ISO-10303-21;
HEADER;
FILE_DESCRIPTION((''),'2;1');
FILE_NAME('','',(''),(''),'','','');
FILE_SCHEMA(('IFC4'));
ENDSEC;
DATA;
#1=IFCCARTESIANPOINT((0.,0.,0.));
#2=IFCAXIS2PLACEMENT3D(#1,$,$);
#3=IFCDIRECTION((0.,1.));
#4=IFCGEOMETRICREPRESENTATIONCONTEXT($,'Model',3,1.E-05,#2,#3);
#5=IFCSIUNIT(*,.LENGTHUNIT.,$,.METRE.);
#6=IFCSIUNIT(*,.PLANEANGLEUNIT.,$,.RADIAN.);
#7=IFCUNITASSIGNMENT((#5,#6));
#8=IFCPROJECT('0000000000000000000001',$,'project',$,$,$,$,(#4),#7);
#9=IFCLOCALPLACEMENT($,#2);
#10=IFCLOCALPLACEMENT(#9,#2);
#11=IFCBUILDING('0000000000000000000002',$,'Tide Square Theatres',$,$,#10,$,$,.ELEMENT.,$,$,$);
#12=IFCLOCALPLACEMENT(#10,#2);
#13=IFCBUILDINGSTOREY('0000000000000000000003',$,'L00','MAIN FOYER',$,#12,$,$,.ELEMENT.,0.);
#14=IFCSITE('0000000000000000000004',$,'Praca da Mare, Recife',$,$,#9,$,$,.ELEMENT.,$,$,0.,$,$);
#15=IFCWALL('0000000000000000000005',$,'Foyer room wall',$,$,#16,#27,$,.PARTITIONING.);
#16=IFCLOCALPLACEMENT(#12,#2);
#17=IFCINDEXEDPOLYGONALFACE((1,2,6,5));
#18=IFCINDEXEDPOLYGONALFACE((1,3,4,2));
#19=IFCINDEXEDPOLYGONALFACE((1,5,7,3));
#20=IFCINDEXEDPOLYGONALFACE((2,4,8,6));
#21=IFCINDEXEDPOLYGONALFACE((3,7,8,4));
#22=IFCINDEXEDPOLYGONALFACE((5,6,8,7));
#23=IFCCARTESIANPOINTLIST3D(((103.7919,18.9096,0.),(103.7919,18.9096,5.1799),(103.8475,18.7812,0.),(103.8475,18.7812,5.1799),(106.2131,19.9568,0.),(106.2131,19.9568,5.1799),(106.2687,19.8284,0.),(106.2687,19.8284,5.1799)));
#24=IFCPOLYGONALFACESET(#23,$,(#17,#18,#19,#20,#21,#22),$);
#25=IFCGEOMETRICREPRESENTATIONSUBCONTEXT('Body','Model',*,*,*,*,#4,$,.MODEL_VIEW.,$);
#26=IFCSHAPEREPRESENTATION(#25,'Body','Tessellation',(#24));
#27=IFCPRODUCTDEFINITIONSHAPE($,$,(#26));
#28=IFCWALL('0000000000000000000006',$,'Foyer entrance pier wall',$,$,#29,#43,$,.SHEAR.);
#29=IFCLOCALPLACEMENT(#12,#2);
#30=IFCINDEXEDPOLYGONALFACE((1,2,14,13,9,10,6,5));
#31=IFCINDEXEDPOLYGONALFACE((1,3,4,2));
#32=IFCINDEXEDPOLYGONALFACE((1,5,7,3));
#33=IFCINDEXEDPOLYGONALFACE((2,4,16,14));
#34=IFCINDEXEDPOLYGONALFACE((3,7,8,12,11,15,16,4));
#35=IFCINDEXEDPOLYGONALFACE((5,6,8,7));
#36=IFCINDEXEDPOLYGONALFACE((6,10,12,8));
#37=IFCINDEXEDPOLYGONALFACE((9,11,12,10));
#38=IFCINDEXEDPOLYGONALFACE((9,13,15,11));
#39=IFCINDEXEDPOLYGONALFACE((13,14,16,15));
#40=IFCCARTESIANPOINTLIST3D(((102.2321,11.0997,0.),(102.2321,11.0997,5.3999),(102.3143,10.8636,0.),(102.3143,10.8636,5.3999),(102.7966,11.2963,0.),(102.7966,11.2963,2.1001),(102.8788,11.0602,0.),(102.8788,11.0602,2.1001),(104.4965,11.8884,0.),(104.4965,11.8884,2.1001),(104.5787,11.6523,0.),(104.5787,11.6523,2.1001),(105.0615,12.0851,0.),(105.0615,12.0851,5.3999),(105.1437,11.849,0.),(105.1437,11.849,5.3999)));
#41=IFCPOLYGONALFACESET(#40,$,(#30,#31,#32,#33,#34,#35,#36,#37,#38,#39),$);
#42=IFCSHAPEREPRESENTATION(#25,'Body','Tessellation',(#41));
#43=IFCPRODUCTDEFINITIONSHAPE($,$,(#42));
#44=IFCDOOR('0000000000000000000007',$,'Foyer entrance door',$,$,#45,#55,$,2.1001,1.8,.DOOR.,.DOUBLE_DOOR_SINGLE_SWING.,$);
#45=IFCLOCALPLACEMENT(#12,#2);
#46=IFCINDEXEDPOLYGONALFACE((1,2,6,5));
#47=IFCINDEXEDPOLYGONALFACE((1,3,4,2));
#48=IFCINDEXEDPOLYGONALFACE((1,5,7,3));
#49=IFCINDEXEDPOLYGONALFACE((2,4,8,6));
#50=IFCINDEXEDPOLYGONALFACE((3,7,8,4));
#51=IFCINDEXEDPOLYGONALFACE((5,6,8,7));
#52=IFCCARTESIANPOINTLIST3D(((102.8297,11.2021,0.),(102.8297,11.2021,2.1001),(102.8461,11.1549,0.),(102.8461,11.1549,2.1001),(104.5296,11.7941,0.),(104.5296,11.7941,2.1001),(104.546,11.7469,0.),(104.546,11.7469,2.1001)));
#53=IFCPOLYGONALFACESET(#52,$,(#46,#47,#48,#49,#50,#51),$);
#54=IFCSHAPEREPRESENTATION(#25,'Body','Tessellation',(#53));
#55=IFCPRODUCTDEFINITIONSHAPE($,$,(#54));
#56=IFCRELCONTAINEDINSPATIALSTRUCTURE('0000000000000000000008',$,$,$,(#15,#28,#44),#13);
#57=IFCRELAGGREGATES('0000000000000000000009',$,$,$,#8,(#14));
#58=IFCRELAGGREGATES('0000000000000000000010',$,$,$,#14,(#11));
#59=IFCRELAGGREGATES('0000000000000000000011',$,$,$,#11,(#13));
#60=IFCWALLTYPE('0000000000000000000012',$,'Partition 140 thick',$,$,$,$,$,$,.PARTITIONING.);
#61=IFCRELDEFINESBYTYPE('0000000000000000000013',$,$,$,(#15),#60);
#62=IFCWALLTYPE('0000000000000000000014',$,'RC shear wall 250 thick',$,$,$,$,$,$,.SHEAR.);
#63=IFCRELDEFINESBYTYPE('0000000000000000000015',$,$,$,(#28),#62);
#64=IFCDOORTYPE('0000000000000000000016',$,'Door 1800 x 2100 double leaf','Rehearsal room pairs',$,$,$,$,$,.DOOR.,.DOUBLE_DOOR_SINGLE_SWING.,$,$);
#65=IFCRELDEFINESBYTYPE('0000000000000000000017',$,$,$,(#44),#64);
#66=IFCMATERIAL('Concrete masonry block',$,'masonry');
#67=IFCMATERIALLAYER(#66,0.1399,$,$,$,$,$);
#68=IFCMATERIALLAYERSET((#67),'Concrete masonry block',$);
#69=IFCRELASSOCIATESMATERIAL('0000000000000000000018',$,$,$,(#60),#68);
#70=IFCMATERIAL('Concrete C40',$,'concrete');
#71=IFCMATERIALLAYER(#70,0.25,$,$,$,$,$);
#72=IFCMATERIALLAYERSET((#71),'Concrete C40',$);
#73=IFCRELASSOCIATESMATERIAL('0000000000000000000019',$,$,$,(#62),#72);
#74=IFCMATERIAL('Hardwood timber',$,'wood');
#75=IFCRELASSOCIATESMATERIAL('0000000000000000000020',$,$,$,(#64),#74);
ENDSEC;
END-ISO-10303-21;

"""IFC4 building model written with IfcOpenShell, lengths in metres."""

from ifc_helpers import new_model, si_unit, direction, frame, frame_2d, origin, place, context, subcontext, project, spatial, rectangle, extrude, material, layer, layer_set, type_object, element, fill, save


model = new_model("IFC4")

# Units and contexts
model_context = context("Model", 3, precision=1e-05, world=origin(), true_north=direction((0.0, 1.0)))
body_context = subcontext(model_context, "Body", "Model", "MODEL_VIEW")
ifc_project = project(units=[si_unit("LENGTHUNIT", "METRE"), si_unit("PLANEANGLEUNIT", "RADIAN")], contexts=[model_context])

# Site, building, storey
site_placement = place(None, origin())
site = spatial("IfcSite", under=ifc_project, at=site_placement, Name="Praca da Mare, Recife", CompositionType="ELEMENT", RefElevation=0.0)
building_placement = place(site_placement, origin())
building = spatial("IfcBuilding", under=site, at=building_placement, Name="Tide Square Theatres", CompositionType="ELEMENT")
storey_placement = place(building_placement, origin())
storey = spatial("IfcBuildingStorey", under=building, at=storey_placement, Name="L00", Description="MAIN FOYER", CompositionType="ELEMENT", Elevation=0.0)

# Wall
ifc_material_1 = material(Name="Concrete masonry block", Category="masonry")
ifc_layer_1 = layer(ifc_material_1, 0.1399)
ifc_layer_set_1 = layer_set([ifc_layer_1], Name="Concrete masonry block")
wall_type_1 = type_object("IfcWallType", Name="Partition 140 thick", PredefinedType="PARTITIONING", material=ifc_layer_set_1)
wall_1_placement = place(storey_placement, frame((103.8198, 18.8455, 0.0), z_axis=(0.0, 0.0, 1.0), x_axis=(0.917838, 0.396955, 0.0)))
element("IfcWall", 1, at=wall_1_placement, inside=storey, type_object=wall_type_1, Name="Foyer room wall", PredefinedType="PARTITIONING", context=body_context, shape_type="SweptSolid", body=[
    extrude(rectangle(XDim=2.6379, YDim=0.1399, at=frame_2d((1.3188, 0.0))), origin(), (0.0, 0.0, 1.0), 5.1799),
])

# Wall, opening, door
ifc_material_2 = material(Name="Concrete C40", Category="concrete")
ifc_layer_2 = layer(ifc_material_2, 0.25)
ifc_layer_set_2 = layer_set([ifc_layer_2], Name="Concrete C40")
wall_type_2 = type_object("IfcWallType", Name="RC shear wall 250 thick", PredefinedType="SHEAR", material=ifc_layer_set_2)
wall_2_placement = place(storey_placement, frame((102.2732, 10.9817, 0.0), z_axis=(0.0, 0.0, 1.0), x_axis=(0.944369, 0.328887, 0.0)))
wall_2 = element("IfcWall", 2, at=wall_2_placement, inside=storey, type_object=wall_type_2, Name="Foyer entrance pier wall", PredefinedType="SHEAR", context=body_context, shape_type="SweptSolid", body=[
    extrude(rectangle(XDim=2.9961, YDim=0.25, at=frame_2d((1.498, 0.0))), origin(), (0.0, 0.0, 1.0), 5.3999),
])
opening_placement = place(wall_2_placement, frame((0.5979, 0.0, 0.0)))
opening = element("IfcOpeningElement", 3, at=opening_placement, cuts=wall_2, PredefinedType="OPENING", context=body_context, shape_type="SweptSolid", body=[
    extrude(rectangle(XDim=1.8, YDim=2.1001, at=frame_2d((0.8999, 1.05))), frame((0.0, 0.135, 0.0), z_axis=(0.0, -1.0, 0.0), x_axis=(1.0, 0.0, 0.0)), (0.0, 0.0, 1.0), 0.27),
])
ifc_material_3 = material(Name="Hardwood timber", Category="wood")
door_type = type_object("IfcDoorType", Name="Door 1800 x 2100 double leaf", Description="Rehearsal room pairs", OperationType="DOUBLE_DOOR_SINGLE_SWING", PredefinedType="DOOR", material=ifc_material_3)
door_placement = place(opening_placement, frame((1.8, 0.0, 0.0), z_axis=(0.0, 0.0, 1.0), x_axis=(-1.0, 0.0, 0.0)))
door = element("IfcDoor", 4, at=door_placement, inside=storey, type_object=door_type, Name="Foyer entrance door", OperationType="DOUBLE_DOOR_SINGLE_SWING", OverallHeight=2.1001, OverallWidth=1.8, PredefinedType="DOOR", context=body_context, shape_type="SweptSolid", body=[
    extrude(rectangle(XDim=1.8, YDim=2.1001, at=frame_2d((0.8999, 1.05))), frame((0.0, 0.0249, 0.0), z_axis=(0.0, -1.0, 0.0), x_axis=(1.0, 0.0, 0.0)), (0.0, 0.0, 1.0), 0.05),
])
fill(opening, door)

save(model, "model.ifc")
